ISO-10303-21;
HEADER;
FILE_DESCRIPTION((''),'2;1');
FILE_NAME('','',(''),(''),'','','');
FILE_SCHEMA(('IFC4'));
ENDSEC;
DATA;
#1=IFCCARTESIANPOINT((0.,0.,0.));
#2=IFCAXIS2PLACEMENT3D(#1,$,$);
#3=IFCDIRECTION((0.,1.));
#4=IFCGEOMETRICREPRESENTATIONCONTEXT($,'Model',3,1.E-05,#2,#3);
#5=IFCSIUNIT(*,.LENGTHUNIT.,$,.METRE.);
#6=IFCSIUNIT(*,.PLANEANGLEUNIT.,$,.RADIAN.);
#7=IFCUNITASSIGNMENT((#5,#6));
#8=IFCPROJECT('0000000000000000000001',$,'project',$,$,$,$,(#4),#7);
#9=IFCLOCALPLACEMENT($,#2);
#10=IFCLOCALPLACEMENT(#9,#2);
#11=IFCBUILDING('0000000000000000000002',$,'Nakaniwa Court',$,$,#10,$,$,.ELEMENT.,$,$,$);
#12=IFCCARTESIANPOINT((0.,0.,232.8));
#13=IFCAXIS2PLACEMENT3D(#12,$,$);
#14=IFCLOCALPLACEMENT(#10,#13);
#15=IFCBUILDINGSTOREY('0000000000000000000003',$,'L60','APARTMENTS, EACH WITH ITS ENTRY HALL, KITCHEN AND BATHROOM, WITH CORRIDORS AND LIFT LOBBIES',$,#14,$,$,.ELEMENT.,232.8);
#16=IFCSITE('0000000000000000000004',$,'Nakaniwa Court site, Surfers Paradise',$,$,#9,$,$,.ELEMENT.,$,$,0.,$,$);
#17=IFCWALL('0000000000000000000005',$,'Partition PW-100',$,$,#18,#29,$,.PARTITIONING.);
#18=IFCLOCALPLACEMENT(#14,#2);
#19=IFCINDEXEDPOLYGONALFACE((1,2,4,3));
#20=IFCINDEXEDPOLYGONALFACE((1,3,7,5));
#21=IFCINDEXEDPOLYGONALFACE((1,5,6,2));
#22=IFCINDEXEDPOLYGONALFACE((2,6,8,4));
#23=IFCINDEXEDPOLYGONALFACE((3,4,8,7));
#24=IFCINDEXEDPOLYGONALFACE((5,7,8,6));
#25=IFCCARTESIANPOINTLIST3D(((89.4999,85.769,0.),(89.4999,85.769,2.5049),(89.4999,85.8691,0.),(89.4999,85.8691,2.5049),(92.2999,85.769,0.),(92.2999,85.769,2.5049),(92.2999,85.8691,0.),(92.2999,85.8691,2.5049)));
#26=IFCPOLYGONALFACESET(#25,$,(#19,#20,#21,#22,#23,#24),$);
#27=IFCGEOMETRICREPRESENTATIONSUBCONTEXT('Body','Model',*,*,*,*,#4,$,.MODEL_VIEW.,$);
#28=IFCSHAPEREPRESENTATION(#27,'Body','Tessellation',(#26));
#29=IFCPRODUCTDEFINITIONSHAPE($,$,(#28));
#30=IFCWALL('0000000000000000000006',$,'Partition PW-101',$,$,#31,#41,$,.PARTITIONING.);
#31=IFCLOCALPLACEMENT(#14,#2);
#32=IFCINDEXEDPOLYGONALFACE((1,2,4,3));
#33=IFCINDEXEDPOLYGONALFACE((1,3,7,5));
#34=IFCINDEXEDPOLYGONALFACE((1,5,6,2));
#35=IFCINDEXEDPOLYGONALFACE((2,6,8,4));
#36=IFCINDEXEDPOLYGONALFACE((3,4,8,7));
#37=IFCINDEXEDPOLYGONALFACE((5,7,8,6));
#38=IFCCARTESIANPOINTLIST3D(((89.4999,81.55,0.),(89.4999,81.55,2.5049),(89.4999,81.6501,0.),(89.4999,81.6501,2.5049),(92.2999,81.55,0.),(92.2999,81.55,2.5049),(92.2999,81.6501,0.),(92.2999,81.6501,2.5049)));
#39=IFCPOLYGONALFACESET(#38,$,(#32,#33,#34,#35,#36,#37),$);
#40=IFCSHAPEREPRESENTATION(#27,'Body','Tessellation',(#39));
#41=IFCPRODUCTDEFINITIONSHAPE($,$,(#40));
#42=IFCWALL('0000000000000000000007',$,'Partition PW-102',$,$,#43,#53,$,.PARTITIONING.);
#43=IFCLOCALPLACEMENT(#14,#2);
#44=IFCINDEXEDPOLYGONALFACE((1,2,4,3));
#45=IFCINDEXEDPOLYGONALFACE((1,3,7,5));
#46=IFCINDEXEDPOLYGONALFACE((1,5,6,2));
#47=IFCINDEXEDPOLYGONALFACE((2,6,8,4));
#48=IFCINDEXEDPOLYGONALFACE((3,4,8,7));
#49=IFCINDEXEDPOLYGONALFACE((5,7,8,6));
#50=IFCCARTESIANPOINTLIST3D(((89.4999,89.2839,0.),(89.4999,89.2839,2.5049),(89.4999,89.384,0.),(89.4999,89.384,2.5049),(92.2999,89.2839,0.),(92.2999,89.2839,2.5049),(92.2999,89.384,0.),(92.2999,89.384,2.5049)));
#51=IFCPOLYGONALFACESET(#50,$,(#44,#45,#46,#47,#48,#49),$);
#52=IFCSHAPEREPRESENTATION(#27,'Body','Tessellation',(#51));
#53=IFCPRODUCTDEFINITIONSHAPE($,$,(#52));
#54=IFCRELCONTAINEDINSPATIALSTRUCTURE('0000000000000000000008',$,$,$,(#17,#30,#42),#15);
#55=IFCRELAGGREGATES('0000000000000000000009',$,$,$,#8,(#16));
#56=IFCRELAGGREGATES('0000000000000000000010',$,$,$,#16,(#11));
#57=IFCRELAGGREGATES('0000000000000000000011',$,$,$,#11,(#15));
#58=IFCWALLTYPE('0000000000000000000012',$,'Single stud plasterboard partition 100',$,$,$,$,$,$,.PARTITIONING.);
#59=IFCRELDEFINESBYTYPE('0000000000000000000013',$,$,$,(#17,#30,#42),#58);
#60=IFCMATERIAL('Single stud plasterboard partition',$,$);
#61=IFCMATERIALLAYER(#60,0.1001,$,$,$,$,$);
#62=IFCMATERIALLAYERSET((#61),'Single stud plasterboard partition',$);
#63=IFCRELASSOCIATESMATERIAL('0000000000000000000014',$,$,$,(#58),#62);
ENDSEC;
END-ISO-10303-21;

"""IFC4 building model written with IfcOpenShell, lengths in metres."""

from ifc_helpers import new_model, si_unit, direction, frame, frame_2d, origin, place, context, subcontext, project, spatial, rectangle, extrude, material, layer, layer_set, type_object, element, save


model = new_model("IFC4")

# Units and contexts
model_context = context("Model", 3, precision=1e-05, world=origin(), true_north=direction((0.0, 1.0)))
body_context = subcontext(model_context, "Body", "Model", "MODEL_VIEW")
ifc_project = project(units=[si_unit("LENGTHUNIT", "METRE"), si_unit("PLANEANGLEUNIT", "RADIAN")], contexts=[model_context])

# Site, building, storey
site_placement = place(None, origin())
site = spatial("IfcSite", under=ifc_project, at=site_placement, Name="Nakaniwa Court site, Surfers Paradise", CompositionType="ELEMENT", RefElevation=0.0)
building_placement = place(site_placement, origin())
building = spatial("IfcBuilding", under=site, at=building_placement, Name="Nakaniwa Court", CompositionType="ELEMENT")
storey_placement = place(building_placement, frame((0.0, 0.0, 232.8)))
storey = spatial("IfcBuildingStorey", under=building, at=storey_placement, Name="L60", Description="APARTMENTS, EACH WITH ITS ENTRY HALL, KITCHEN AND BATHROOM, WITH CORRIDORS AND LIFT LOBBIES", CompositionType="ELEMENT", Elevation=232.8)

# Walls
ifc_material_1 = material(Name="Single stud plasterboard partition")
ifc_layer_1 = layer(ifc_material_1, 0.1001)
ifc_layer_set_1 = layer_set([ifc_layer_1], Name="Single stud plasterboard partition")
wall_type_1 = type_object("IfcWallType", Name="Single stud plasterboard partition 100", PredefinedType="PARTITIONING", material=ifc_layer_set_1)
for number, where, z_axis, x_axis, name in (
    (1, (89.5, 85.8191, 0.0), (0.0, 0.0, 1.0), (1.0, 0.0, 0.0), "Partition PW-100"),
    (2, (89.5, 81.6001, 0.0), (0.0, 0.0, 1.0), (1.0, 0.0, 0.0), "Partition PW-101"),
    (3, (89.5, 89.334, 0.0), (0.0, 0.0, 1.0), (1.0, 0.0, 0.0), "Partition PW-102"),
):
    element("IfcWall", number, at=place(storey_placement, frame(where, z_axis=z_axis, x_axis=x_axis)), inside=storey, type_object=wall_type_1, Name=name, PredefinedType="PARTITIONING", context=body_context, shape_type="SweptSolid", body=[
        extrude(rectangle(XDim=2.8, YDim=0.1001, at=frame_2d((1.3999, 0.0))), origin(), (0.0, 0.0, 1.0), 2.5049),
    ])

save(model, "model.ifc")
